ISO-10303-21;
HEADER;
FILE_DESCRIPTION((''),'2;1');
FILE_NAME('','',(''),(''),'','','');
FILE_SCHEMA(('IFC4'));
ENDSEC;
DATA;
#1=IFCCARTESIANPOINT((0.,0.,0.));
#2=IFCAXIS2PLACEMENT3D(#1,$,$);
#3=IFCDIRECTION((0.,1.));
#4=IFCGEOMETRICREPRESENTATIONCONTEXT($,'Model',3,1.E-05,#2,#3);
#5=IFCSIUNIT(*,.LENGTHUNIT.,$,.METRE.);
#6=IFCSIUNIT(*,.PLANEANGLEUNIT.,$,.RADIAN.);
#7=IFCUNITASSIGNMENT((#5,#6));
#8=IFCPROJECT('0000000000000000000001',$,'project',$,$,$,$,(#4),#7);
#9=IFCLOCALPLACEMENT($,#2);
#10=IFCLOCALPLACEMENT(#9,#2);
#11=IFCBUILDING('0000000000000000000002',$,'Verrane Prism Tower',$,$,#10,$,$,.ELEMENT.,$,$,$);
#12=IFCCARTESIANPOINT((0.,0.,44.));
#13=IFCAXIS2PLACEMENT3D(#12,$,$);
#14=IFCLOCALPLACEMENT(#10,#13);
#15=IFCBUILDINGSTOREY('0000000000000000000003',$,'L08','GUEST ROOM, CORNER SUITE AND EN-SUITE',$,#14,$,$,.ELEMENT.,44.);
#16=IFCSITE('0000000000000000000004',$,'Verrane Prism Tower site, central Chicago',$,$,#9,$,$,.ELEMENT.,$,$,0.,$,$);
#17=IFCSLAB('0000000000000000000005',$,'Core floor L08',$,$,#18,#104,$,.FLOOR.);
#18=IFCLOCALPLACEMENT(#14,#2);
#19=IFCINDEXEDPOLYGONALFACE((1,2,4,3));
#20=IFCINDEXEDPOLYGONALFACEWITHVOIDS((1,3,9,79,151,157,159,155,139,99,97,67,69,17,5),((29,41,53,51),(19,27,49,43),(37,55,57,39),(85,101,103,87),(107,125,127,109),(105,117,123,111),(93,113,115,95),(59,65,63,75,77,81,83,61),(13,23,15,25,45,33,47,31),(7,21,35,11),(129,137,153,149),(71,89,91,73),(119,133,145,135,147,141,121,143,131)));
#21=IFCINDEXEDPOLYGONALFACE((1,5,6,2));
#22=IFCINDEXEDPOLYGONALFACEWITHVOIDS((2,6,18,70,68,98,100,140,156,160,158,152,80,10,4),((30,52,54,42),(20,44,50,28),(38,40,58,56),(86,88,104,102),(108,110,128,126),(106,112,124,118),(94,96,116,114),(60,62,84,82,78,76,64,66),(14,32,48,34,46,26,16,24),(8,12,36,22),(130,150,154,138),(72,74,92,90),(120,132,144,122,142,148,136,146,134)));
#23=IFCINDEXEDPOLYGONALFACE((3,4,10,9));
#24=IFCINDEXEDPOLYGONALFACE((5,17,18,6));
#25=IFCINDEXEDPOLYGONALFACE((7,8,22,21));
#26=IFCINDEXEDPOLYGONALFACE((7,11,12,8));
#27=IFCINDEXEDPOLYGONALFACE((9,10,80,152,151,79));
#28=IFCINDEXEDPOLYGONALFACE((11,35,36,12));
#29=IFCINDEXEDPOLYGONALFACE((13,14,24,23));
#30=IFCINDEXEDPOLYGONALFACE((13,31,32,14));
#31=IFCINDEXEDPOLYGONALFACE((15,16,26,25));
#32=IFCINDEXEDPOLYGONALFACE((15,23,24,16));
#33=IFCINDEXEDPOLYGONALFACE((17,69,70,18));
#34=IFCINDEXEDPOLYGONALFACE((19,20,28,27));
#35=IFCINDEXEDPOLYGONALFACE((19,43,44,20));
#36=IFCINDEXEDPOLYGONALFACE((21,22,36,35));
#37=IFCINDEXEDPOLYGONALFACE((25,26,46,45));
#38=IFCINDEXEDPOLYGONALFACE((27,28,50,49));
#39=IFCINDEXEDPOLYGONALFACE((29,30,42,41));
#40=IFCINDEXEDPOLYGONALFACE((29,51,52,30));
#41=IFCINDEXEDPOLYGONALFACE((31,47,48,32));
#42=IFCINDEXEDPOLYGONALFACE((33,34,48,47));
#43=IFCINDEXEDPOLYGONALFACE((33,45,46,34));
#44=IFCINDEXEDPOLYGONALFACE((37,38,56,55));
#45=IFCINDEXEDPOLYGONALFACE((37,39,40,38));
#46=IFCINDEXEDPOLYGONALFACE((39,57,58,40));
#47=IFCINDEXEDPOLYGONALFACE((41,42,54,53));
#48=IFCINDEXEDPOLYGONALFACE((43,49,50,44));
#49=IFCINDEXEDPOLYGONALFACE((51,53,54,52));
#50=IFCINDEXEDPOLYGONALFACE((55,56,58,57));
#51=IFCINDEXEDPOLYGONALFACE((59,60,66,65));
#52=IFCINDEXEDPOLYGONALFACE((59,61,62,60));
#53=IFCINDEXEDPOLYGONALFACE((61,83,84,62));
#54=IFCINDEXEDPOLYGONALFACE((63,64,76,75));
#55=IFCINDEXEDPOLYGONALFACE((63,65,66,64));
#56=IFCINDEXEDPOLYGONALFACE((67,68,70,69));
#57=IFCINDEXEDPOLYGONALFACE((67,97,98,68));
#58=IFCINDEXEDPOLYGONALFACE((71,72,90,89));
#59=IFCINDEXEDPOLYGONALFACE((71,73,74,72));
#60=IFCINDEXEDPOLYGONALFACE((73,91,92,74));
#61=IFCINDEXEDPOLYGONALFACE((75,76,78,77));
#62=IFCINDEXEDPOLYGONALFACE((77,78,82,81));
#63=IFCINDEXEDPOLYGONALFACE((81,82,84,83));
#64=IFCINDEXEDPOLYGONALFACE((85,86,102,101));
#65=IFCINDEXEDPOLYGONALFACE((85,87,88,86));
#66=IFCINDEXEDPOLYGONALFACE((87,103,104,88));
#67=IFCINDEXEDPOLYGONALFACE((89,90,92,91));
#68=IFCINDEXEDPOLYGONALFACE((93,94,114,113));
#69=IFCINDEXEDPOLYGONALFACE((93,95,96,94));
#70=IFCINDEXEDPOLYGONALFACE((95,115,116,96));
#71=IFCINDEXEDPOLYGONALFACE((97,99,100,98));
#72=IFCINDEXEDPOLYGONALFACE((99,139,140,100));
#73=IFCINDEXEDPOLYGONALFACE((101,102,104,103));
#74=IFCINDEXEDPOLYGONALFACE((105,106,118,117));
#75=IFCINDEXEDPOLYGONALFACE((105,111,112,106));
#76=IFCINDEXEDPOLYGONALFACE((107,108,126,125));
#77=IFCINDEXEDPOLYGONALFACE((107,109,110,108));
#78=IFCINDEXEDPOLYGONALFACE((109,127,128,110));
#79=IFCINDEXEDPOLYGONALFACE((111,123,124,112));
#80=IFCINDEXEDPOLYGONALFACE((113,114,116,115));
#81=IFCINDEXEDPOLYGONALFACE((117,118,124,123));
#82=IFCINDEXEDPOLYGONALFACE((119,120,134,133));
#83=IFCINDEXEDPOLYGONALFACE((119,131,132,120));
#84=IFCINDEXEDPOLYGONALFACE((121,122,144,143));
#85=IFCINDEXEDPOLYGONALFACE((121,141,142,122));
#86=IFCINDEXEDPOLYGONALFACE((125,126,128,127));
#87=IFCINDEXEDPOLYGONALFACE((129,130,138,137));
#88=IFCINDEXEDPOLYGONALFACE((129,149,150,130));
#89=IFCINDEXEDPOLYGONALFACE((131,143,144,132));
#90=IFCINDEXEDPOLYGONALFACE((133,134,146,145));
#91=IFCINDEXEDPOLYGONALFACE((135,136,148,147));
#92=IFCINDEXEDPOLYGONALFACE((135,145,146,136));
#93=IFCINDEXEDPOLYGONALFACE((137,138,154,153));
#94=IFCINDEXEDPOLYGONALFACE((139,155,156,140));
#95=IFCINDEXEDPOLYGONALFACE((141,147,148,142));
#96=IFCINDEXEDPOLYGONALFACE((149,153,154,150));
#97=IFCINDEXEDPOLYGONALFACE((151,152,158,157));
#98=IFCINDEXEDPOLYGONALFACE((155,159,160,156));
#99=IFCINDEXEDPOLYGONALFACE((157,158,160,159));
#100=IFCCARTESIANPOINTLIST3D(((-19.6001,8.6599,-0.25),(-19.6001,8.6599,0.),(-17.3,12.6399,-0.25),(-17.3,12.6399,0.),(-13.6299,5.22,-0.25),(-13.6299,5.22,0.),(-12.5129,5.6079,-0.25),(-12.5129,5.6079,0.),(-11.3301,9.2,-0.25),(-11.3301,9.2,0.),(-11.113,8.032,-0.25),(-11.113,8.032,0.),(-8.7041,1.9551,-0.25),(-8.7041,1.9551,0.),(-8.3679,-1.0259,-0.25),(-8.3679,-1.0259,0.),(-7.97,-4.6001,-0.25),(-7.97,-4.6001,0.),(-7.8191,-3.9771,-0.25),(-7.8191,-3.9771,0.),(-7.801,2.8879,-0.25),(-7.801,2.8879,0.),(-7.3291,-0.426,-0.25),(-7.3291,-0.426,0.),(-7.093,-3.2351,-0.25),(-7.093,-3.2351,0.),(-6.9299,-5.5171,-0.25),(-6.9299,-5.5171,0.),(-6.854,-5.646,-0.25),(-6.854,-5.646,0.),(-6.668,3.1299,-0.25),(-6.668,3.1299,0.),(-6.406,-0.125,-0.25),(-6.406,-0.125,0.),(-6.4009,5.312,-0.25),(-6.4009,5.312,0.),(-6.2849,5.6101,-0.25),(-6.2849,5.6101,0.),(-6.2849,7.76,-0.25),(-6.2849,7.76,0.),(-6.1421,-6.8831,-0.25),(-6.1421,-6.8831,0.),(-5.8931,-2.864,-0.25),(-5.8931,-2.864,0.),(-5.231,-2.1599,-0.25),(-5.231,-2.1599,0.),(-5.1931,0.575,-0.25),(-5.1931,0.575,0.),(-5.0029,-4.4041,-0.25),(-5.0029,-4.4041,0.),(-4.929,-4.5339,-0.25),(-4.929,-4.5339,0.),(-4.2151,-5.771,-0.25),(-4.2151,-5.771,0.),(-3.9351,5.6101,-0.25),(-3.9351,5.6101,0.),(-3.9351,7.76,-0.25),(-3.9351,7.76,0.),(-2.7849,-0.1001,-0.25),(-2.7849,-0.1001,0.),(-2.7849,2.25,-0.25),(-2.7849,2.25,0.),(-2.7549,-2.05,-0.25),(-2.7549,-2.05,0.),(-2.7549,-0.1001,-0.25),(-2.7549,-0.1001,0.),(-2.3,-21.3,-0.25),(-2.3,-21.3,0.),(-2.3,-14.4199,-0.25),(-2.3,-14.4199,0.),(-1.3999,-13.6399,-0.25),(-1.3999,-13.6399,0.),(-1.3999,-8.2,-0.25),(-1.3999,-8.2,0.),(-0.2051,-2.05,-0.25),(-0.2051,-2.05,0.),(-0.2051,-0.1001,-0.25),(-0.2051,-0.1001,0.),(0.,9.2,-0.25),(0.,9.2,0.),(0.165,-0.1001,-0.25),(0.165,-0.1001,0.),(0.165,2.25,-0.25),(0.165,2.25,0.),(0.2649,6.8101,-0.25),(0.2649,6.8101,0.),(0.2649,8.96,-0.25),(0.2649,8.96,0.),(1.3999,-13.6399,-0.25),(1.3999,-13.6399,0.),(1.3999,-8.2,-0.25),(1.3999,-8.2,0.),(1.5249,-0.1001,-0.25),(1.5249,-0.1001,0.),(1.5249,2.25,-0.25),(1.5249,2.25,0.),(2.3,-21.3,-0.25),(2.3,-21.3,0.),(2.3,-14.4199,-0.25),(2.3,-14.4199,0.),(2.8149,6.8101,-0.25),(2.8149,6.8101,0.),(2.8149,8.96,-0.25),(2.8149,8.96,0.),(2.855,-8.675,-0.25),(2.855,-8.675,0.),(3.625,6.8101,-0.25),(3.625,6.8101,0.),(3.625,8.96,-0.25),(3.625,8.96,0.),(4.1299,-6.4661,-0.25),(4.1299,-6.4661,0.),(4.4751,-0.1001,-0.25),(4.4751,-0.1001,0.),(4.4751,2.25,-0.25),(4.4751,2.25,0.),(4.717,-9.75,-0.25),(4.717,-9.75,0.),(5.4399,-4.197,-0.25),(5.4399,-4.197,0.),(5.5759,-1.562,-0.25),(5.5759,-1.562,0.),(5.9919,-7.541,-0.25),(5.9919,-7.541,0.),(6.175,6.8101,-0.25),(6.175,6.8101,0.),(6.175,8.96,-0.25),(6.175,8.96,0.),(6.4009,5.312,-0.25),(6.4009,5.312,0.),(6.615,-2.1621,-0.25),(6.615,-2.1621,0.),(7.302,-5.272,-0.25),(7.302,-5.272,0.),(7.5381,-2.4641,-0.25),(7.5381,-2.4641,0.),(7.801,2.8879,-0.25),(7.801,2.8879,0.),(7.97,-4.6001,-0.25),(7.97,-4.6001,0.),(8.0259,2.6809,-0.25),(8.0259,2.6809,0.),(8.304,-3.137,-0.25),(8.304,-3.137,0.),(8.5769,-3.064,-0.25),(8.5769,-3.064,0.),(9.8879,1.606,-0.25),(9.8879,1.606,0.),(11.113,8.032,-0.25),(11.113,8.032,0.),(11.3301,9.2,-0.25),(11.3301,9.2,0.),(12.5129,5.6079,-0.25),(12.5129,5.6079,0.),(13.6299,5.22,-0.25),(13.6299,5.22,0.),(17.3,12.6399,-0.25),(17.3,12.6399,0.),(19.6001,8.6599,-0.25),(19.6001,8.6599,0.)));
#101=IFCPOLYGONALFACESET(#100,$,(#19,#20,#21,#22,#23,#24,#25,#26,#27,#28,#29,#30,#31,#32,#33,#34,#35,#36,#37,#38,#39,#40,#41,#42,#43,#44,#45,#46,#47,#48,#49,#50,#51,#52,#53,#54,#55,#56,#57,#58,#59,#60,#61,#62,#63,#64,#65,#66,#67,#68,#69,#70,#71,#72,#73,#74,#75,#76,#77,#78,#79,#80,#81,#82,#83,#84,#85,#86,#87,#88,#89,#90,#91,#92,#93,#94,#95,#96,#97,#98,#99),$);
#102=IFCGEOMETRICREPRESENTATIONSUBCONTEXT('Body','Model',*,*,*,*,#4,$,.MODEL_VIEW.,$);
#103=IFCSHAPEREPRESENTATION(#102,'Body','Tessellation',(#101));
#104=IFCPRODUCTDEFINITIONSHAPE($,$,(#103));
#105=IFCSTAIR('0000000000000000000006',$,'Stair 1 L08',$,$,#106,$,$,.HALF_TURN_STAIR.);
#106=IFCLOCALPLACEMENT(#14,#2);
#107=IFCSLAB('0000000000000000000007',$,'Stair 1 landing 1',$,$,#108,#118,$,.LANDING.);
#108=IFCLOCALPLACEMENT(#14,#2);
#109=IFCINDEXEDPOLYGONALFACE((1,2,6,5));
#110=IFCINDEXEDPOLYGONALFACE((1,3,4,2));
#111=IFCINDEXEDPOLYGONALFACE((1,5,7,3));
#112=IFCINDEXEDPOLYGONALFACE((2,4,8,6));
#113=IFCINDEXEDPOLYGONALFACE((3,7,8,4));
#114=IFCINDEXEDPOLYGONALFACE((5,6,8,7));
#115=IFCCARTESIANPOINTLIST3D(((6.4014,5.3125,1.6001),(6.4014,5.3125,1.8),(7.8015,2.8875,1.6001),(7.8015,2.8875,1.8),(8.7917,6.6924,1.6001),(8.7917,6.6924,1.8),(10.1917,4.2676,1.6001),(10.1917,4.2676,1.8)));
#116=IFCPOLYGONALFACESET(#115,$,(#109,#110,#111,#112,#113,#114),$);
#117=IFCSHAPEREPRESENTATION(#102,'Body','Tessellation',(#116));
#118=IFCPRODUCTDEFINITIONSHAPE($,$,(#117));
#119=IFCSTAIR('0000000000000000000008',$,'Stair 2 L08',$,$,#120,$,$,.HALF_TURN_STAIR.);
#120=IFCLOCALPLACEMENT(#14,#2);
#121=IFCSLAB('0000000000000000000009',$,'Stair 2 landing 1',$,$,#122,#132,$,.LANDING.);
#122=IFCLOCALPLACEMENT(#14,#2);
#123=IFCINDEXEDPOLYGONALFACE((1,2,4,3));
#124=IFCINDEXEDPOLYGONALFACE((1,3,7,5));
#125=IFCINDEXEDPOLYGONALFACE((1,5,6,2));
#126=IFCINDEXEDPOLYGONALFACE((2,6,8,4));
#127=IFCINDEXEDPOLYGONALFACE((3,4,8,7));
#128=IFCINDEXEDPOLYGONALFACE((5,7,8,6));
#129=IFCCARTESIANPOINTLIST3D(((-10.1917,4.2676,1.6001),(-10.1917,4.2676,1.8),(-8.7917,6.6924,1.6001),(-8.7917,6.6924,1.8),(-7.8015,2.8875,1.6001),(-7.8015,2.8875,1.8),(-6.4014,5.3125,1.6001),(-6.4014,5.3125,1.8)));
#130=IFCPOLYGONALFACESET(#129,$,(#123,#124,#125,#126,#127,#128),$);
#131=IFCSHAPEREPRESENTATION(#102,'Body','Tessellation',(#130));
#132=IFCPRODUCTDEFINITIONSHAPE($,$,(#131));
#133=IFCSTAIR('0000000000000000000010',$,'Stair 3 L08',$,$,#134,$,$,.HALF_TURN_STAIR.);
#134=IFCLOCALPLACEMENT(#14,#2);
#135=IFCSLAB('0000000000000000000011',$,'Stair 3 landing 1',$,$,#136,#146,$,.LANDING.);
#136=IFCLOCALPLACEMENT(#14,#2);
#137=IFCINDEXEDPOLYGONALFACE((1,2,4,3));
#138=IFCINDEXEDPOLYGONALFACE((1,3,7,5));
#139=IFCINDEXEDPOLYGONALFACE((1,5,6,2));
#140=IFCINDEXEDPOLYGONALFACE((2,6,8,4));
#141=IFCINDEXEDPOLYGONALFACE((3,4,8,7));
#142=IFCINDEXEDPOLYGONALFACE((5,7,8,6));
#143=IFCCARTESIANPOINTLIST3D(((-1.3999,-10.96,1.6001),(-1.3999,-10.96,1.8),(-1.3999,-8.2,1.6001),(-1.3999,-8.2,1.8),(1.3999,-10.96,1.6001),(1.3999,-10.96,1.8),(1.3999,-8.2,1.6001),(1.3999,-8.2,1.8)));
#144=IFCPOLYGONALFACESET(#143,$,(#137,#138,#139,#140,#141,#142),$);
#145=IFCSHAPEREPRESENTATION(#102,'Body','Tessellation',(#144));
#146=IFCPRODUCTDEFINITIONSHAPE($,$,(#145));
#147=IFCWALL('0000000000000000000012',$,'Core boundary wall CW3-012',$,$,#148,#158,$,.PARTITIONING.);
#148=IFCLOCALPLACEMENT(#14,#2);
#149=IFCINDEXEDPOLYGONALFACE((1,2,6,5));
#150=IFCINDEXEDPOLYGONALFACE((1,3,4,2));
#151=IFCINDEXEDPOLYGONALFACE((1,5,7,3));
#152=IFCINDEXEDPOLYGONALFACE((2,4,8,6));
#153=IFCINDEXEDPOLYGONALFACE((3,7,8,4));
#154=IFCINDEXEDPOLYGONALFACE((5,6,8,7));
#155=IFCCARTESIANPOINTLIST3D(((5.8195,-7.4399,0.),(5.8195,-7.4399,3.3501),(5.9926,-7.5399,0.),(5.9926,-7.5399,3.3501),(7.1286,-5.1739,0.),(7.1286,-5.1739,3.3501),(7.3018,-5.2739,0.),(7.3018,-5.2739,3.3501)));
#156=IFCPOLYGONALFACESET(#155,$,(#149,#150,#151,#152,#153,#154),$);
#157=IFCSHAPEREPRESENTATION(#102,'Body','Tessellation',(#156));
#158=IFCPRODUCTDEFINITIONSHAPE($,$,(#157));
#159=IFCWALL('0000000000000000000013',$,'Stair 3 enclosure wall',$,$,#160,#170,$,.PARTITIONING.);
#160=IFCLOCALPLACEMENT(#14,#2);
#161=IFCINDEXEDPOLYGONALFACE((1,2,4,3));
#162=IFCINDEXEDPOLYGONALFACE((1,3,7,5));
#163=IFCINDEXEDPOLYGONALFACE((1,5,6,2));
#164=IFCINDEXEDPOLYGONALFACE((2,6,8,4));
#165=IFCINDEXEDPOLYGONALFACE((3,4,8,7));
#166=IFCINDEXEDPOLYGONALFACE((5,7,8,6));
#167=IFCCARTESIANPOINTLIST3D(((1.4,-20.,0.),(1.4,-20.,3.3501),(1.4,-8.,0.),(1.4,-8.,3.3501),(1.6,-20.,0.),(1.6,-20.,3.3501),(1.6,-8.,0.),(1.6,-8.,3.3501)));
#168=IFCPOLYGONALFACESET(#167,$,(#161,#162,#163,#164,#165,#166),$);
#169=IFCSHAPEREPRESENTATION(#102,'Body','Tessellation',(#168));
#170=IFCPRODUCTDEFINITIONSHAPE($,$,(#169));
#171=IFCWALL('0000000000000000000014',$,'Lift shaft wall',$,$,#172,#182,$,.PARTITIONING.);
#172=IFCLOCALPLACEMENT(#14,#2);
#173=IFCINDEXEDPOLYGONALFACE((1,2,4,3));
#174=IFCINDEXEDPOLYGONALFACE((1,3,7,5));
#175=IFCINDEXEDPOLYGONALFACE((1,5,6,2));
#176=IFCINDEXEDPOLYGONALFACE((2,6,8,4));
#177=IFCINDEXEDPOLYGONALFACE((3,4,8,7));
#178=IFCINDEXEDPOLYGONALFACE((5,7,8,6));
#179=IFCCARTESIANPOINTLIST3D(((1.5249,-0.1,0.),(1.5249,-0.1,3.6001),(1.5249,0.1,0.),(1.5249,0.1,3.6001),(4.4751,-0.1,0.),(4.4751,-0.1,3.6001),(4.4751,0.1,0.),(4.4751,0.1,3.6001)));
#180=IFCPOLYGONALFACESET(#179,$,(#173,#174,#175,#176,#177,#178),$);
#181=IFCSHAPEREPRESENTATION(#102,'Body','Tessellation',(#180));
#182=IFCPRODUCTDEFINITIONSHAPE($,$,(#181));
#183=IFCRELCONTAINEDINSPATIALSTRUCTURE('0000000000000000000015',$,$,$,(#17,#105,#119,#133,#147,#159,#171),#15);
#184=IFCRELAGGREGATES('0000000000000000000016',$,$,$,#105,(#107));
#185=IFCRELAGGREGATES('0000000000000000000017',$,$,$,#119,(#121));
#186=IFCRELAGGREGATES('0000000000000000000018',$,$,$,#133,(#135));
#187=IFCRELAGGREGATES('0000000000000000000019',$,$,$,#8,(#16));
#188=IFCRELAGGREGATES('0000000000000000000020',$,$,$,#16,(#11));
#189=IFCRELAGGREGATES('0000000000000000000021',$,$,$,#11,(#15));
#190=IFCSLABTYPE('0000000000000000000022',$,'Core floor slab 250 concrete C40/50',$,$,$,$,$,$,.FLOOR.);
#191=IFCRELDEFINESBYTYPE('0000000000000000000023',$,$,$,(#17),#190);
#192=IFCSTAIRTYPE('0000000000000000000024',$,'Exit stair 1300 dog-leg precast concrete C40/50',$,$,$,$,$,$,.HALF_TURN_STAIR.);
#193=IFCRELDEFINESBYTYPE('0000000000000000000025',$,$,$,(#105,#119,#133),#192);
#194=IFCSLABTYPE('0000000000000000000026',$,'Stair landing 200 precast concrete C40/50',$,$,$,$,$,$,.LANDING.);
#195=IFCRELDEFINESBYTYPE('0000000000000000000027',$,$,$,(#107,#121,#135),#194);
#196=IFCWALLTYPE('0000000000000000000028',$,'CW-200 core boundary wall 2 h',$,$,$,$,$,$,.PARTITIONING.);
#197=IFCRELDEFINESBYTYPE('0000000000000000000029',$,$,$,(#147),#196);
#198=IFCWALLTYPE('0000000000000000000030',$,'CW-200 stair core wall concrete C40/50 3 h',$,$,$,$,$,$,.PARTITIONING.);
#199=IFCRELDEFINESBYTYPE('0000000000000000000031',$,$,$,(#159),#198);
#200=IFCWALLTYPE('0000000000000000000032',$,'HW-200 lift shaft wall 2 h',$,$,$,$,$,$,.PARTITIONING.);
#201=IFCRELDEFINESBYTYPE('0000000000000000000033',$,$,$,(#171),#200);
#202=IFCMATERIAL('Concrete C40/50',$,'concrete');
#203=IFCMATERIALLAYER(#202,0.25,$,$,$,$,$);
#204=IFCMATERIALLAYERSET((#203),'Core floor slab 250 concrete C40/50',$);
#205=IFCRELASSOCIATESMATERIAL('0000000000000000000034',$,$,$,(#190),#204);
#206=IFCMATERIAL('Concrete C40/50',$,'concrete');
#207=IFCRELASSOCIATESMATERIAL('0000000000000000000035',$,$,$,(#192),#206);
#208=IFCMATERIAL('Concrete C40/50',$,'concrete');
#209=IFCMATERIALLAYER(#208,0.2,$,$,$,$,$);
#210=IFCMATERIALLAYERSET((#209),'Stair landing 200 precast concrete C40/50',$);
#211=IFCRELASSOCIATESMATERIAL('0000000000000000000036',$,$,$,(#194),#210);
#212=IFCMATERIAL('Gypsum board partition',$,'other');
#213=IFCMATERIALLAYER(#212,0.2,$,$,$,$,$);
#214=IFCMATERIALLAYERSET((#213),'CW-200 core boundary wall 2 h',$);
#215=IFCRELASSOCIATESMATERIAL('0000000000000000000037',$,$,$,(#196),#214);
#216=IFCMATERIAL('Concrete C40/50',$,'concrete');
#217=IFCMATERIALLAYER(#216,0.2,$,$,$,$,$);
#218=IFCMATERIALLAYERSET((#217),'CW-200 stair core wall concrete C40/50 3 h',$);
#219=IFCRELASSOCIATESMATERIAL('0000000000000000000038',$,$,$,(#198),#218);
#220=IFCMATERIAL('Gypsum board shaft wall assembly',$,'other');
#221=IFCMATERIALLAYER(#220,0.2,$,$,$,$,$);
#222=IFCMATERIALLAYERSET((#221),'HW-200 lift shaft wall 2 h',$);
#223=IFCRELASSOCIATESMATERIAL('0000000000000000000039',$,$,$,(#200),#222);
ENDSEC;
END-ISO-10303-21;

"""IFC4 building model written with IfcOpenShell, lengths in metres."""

from ifc_helpers import new_model, si_unit, direction, frame, frame_2d, origin, place, context, subcontext, project, spatial, polyline, rectangle, outline, extrude, material, layer, layer_set, type_object, element, aggregate, save


model = new_model("IFC4")

# Units and contexts
model_context = context("Model", 3, precision=1e-05, world=origin(), true_north=direction((0.0, 1.0)))
body_context = subcontext(model_context, "Body", "Model", "MODEL_VIEW")
ifc_project = project(units=[si_unit("LENGTHUNIT", "METRE"), si_unit("PLANEANGLEUNIT", "RADIAN")], contexts=[model_context])

# Site, building, storey
site_placement = place(None, origin())
site = spatial("IfcSite", under=ifc_project, at=site_placement, Name="Verrane Prism Tower site, central Chicago", CompositionType="ELEMENT", RefElevation=0.0)
building_placement = place(site_placement, origin())
building = spatial("IfcBuilding", under=site, at=building_placement, Name="Verrane Prism Tower", CompositionType="ELEMENT")
storey_placement = place(building_placement, frame((0.0, 0.0, 44.0)))
storey = spatial("IfcBuildingStorey", under=building, at=storey_placement, Name="L08", Description="GUEST ROOM, CORNER SUITE AND EN-SUITE", CompositionType="ELEMENT", Elevation=44.0)

# Slab
ifc_material_1 = material(Name="Concrete C40/50", Category="concrete")
ifc_layer_1 = layer(ifc_material_1, 0.25)
ifc_layer_set_1 = layer_set([ifc_layer_1], Name="Core floor slab 250 concrete C40/50")
slab_type_1 = type_object("IfcSlabType", Name="Core floor slab 250 concrete C40/50", PredefinedType="FLOOR", material=ifc_layer_set_1)
slab_1_placement = place(storey_placement, frame((0.0, 0.0, -0.25)))
element("IfcSlab", 1, at=slab_1_placement, inside=storey, type_object=slab_type_1, Name="Core floor L08", PredefinedType="FLOOR", context=body_context, shape_type="SweptSolid", body=[
    extrude(outline(polyline([(13.6299, 5.22), (19.6001, 8.6599), (17.3, 12.6399), (11.3301, 9.2), (0.0, 9.2), (-11.3301, 9.2), (-17.3, 12.6399), (-19.6001, 8.6599), (-13.6299, 5.22), (-7.97, -4.6001), (-2.3, -14.4199), (-2.3, -21.3), (2.3, -21.3), (2.3, -14.4199), (7.97, -4.6001), (13.6299, 5.22)]), holes=[polyline([(1.3999, -8.2), (1.3999, -13.6399), (-1.3999, -13.6399), (-1.3999, -8.2), (1.3999, -8.2)]), polyline([(-4.2151, -5.771), (-6.1421, -6.8831), (-6.854, -5.646), (-4.929, -4.5339), (-4.2151, -5.771)]), polyline([(-5.0029, -4.4041), (-6.9299, -5.5171), (-7.8191, -3.9771), (-5.8931, -2.864), (-5.0029, -4.4041)]), polyline([(0.165, 2.25), (0.165, -0.1001), (-0.2051, -0.1001), (-0.2051, -2.05), (-2.7549, -2.05), (-2.7549, -0.1001), (-2.7849, -0.1001), (-2.7849, 2.25), (0.165, 2.25)]), polyline([(-12.5129, 5.6079), (-11.113, 8.032), (-6.4009, 5.312), (-7.801, 2.8879), (-12.5129, 5.6079)]), polyline([(-6.2849, 5.6101), (-6.2849, 7.76), (-3.9351, 7.76), (-3.9351, 5.6101), (-6.2849, 5.6101)]), polyline([(4.717, -9.75), (2.855, -8.675), (4.1299, -6.4661), (5.9919, -7.541), (4.717, -9.75)]), polyline([(8.304, -3.137), (5.5759, -1.562), (8.0259, 2.6809), (9.8879, 1.606), (7.5381, -2.4641), (8.5769, -3.064), (7.302, -5.272), (5.4399, -4.197), (6.615, -2.1621), (8.304, -3.137)]), polyline([(1.5249, -0.1001), (1.5249, 2.25), (4.4751, 2.25), (4.4751, -0.1001), (1.5249, -0.1001)]), polyline([(6.4009, 5.312), (11.113, 8.032), (12.5129, 5.6079), (7.801, 2.8879), (6.4009, 5.312)]), polyline([(0.2649, 6.8101), (0.2649, 8.96), (2.8149, 8.96), (2.8149, 6.8101), (0.2649, 6.8101)]), polyline([(3.625, 6.8101), (3.625, 8.96), (6.175, 8.96), (6.175, 6.8101), (3.625, 6.8101)]), polyline([(-5.231, -2.1599), (-7.093, -3.2351), (-8.3679, -1.0259), (-7.3291, -0.426), (-8.7041, 1.9551), (-6.668, 3.1299), (-5.1931, 0.575), (-6.406, -0.125), (-5.231, -2.1599)])]), origin(), (0.0, 0.0, 1.0), 0.25),
])

# Stairs, slabs
ifc_material_2 = material(Name="Concrete C40/50", Category="concrete")
stair_type = type_object("IfcStairType", Name="Exit stair 1300 dog-leg precast concrete C40/50", PredefinedType="HALF_TURN_STAIR", material=ifc_material_2)
stair_1_placement = place(storey_placement, origin())
stair_1 = element("IfcStair", 2, at=stair_1_placement, inside=storey, type_object=stair_type, Name="Stair 1 L08", PredefinedType="HALF_TURN_STAIR")
ifc_material_3 = material(Name="Concrete C40/50", Category="concrete")
ifc_layer_2 = layer(ifc_material_3, 0.2)
ifc_layer_set_2 = layer_set([ifc_layer_2], Name="Stair landing 200 precast concrete C40/50")
slab_type_2 = type_object("IfcSlabType", Name="Stair landing 200 precast concrete C40/50", PredefinedType="LANDING", material=ifc_layer_set_2)
slab_2_placement = place(storey_placement, frame((0.0, 0.0, 1.6001)))
slab_2 = element("IfcSlab", 3, at=slab_2_placement, type_object=slab_type_2, Name="Stair 1 landing 1", PredefinedType="LANDING", context=body_context, shape_type="SweptSolid", body=[
    extrude(outline(polyline([(8.7917, 6.6924), (6.4014, 5.3125), (7.8015, 2.8875), (10.1917, 4.2676), (8.7917, 6.6924)])), origin(), (0.0, 0.0, 1.0), 0.2),
])
aggregate(stair_1, [slab_2])
stair_2_placement = place(storey_placement, origin())
stair_2 = element("IfcStair", 4, at=stair_2_placement, inside=storey, type_object=stair_type, Name="Stair 2 L08", PredefinedType="HALF_TURN_STAIR")
slab_3_placement = place(storey_placement, frame((0.0, 0.0, 1.6001)))
slab_3 = element("IfcSlab", 5, at=slab_3_placement, type_object=slab_type_2, Name="Stair 2 landing 1", PredefinedType="LANDING", context=body_context, shape_type="SweptSolid", body=[
    extrude(outline(polyline([(-10.1917, 4.2676), (-7.8015, 2.8875), (-6.4014, 5.3125), (-8.7917, 6.6924), (-10.1917, 4.2676)])), origin(), (0.0, 0.0, 1.0), 0.2),
])
aggregate(stair_2, [slab_3])
stair_3_placement = place(storey_placement, origin())
stair_3 = element("IfcStair", 6, at=stair_3_placement, inside=storey, type_object=stair_type, Name="Stair 3 L08", PredefinedType="HALF_TURN_STAIR")
slab_4_placement = place(storey_placement, frame((0.0, 0.0, 1.6001)))
slab_4 = element("IfcSlab", 7, at=slab_4_placement, type_object=slab_type_2, Name="Stair 3 landing 1", PredefinedType="LANDING", context=body_context, shape_type="SweptSolid", body=[
    extrude(outline(polyline([(1.3999, -10.96), (1.3999, -8.2), (-1.3999, -8.2), (-1.3999, -10.96), (1.3999, -10.96)])), origin(), (0.0, 0.0, 1.0), 0.2),
])
aggregate(stair_3, [slab_4])

# Walls
ifc_material_4 = material(Name="Gypsum board partition", Category="other")
ifc_layer_3 = layer(ifc_material_4, 0.2)
ifc_layer_set_3 = layer_set([ifc_layer_3], Name="CW-200 core boundary wall 2 h")
wall_type_1 = type_object("IfcWallType", Name="CW-200 core boundary wall 2 h", PredefinedType="PARTITIONING", material=ifc_layer_set_3)
wall_1_placement = place(storey_placement, frame((5.906, -7.49, 0.0), z_axis=(0.0, 0.0, 1.0), x_axis=(0.500253, 0.865879, 0.0)))
element("IfcWall", 8, at=wall_1_placement, inside=storey, type_object=wall_type_1, Name="Core boundary wall CW3-012", PredefinedType="PARTITIONING", context=body_context, shape_type="SweptSolid", body=[
    extrude(rectangle(XDim=2.6169, YDim=0.2, at=frame_2d((1.3086, 0.0))), origin(), (0.0, 0.0, 1.0), 3.3501),
])
ifc_material_5 = material(Name="Concrete C40/50", Category="concrete")
ifc_layer_4 = layer(ifc_material_5, 0.2)
ifc_layer_set_4 = layer_set([ifc_layer_4], Name="CW-200 stair core wall concrete C40/50 3 h")
wall_type_2 = type_object("IfcWallType", Name="CW-200 stair core wall concrete C40/50 3 h", PredefinedType="PARTITIONING", material=ifc_layer_set_4)
wall_2_placement = place(storey_placement, frame((1.5, -8.0, 0.0), z_axis=(0.0, 0.0, 1.0), x_axis=(0.0, -1.0, 0.0)))
element("IfcWall", 9, at=wall_2_placement, inside=storey, type_object=wall_type_2, Name="Stair 3 enclosure wall", PredefinedType="PARTITIONING", context=body_context, shape_type="SweptSolid", body=[
    extrude(rectangle(XDim=12.0, YDim=0.2, at=frame_2d((6.0, 0.0))), origin(), (0.0, 0.0, 1.0), 3.3501),
])
ifc_material_6 = material(Name="Gypsum board shaft wall assembly", Category="other")
ifc_layer_5 = layer(ifc_material_6, 0.2)
ifc_layer_set_5 = layer_set([ifc_layer_5], Name="HW-200 lift shaft wall 2 h")
wall_type_3 = type_object("IfcWallType", Name="HW-200 lift shaft wall 2 h", PredefinedType="PARTITIONING", material=ifc_layer_set_5)
wall_3_placement = place(storey_placement, frame((1.5249, 0.0, 0.0), z_axis=(0.0, 0.0, 1.0), x_axis=(1.0, 0.0, 0.0)))
element("IfcWall", 10, at=wall_3_placement, inside=storey, type_object=wall_type_3, Name="Lift shaft wall", PredefinedType="PARTITIONING", context=body_context, shape_type="SweptSolid", body=[
    extrude(rectangle(XDim=2.9502, YDim=0.2, at=frame_2d((1.4751, 0.0))), origin(), (0.0, 0.0, 1.0), 3.6001),
])

save(model, "model.ifc")
